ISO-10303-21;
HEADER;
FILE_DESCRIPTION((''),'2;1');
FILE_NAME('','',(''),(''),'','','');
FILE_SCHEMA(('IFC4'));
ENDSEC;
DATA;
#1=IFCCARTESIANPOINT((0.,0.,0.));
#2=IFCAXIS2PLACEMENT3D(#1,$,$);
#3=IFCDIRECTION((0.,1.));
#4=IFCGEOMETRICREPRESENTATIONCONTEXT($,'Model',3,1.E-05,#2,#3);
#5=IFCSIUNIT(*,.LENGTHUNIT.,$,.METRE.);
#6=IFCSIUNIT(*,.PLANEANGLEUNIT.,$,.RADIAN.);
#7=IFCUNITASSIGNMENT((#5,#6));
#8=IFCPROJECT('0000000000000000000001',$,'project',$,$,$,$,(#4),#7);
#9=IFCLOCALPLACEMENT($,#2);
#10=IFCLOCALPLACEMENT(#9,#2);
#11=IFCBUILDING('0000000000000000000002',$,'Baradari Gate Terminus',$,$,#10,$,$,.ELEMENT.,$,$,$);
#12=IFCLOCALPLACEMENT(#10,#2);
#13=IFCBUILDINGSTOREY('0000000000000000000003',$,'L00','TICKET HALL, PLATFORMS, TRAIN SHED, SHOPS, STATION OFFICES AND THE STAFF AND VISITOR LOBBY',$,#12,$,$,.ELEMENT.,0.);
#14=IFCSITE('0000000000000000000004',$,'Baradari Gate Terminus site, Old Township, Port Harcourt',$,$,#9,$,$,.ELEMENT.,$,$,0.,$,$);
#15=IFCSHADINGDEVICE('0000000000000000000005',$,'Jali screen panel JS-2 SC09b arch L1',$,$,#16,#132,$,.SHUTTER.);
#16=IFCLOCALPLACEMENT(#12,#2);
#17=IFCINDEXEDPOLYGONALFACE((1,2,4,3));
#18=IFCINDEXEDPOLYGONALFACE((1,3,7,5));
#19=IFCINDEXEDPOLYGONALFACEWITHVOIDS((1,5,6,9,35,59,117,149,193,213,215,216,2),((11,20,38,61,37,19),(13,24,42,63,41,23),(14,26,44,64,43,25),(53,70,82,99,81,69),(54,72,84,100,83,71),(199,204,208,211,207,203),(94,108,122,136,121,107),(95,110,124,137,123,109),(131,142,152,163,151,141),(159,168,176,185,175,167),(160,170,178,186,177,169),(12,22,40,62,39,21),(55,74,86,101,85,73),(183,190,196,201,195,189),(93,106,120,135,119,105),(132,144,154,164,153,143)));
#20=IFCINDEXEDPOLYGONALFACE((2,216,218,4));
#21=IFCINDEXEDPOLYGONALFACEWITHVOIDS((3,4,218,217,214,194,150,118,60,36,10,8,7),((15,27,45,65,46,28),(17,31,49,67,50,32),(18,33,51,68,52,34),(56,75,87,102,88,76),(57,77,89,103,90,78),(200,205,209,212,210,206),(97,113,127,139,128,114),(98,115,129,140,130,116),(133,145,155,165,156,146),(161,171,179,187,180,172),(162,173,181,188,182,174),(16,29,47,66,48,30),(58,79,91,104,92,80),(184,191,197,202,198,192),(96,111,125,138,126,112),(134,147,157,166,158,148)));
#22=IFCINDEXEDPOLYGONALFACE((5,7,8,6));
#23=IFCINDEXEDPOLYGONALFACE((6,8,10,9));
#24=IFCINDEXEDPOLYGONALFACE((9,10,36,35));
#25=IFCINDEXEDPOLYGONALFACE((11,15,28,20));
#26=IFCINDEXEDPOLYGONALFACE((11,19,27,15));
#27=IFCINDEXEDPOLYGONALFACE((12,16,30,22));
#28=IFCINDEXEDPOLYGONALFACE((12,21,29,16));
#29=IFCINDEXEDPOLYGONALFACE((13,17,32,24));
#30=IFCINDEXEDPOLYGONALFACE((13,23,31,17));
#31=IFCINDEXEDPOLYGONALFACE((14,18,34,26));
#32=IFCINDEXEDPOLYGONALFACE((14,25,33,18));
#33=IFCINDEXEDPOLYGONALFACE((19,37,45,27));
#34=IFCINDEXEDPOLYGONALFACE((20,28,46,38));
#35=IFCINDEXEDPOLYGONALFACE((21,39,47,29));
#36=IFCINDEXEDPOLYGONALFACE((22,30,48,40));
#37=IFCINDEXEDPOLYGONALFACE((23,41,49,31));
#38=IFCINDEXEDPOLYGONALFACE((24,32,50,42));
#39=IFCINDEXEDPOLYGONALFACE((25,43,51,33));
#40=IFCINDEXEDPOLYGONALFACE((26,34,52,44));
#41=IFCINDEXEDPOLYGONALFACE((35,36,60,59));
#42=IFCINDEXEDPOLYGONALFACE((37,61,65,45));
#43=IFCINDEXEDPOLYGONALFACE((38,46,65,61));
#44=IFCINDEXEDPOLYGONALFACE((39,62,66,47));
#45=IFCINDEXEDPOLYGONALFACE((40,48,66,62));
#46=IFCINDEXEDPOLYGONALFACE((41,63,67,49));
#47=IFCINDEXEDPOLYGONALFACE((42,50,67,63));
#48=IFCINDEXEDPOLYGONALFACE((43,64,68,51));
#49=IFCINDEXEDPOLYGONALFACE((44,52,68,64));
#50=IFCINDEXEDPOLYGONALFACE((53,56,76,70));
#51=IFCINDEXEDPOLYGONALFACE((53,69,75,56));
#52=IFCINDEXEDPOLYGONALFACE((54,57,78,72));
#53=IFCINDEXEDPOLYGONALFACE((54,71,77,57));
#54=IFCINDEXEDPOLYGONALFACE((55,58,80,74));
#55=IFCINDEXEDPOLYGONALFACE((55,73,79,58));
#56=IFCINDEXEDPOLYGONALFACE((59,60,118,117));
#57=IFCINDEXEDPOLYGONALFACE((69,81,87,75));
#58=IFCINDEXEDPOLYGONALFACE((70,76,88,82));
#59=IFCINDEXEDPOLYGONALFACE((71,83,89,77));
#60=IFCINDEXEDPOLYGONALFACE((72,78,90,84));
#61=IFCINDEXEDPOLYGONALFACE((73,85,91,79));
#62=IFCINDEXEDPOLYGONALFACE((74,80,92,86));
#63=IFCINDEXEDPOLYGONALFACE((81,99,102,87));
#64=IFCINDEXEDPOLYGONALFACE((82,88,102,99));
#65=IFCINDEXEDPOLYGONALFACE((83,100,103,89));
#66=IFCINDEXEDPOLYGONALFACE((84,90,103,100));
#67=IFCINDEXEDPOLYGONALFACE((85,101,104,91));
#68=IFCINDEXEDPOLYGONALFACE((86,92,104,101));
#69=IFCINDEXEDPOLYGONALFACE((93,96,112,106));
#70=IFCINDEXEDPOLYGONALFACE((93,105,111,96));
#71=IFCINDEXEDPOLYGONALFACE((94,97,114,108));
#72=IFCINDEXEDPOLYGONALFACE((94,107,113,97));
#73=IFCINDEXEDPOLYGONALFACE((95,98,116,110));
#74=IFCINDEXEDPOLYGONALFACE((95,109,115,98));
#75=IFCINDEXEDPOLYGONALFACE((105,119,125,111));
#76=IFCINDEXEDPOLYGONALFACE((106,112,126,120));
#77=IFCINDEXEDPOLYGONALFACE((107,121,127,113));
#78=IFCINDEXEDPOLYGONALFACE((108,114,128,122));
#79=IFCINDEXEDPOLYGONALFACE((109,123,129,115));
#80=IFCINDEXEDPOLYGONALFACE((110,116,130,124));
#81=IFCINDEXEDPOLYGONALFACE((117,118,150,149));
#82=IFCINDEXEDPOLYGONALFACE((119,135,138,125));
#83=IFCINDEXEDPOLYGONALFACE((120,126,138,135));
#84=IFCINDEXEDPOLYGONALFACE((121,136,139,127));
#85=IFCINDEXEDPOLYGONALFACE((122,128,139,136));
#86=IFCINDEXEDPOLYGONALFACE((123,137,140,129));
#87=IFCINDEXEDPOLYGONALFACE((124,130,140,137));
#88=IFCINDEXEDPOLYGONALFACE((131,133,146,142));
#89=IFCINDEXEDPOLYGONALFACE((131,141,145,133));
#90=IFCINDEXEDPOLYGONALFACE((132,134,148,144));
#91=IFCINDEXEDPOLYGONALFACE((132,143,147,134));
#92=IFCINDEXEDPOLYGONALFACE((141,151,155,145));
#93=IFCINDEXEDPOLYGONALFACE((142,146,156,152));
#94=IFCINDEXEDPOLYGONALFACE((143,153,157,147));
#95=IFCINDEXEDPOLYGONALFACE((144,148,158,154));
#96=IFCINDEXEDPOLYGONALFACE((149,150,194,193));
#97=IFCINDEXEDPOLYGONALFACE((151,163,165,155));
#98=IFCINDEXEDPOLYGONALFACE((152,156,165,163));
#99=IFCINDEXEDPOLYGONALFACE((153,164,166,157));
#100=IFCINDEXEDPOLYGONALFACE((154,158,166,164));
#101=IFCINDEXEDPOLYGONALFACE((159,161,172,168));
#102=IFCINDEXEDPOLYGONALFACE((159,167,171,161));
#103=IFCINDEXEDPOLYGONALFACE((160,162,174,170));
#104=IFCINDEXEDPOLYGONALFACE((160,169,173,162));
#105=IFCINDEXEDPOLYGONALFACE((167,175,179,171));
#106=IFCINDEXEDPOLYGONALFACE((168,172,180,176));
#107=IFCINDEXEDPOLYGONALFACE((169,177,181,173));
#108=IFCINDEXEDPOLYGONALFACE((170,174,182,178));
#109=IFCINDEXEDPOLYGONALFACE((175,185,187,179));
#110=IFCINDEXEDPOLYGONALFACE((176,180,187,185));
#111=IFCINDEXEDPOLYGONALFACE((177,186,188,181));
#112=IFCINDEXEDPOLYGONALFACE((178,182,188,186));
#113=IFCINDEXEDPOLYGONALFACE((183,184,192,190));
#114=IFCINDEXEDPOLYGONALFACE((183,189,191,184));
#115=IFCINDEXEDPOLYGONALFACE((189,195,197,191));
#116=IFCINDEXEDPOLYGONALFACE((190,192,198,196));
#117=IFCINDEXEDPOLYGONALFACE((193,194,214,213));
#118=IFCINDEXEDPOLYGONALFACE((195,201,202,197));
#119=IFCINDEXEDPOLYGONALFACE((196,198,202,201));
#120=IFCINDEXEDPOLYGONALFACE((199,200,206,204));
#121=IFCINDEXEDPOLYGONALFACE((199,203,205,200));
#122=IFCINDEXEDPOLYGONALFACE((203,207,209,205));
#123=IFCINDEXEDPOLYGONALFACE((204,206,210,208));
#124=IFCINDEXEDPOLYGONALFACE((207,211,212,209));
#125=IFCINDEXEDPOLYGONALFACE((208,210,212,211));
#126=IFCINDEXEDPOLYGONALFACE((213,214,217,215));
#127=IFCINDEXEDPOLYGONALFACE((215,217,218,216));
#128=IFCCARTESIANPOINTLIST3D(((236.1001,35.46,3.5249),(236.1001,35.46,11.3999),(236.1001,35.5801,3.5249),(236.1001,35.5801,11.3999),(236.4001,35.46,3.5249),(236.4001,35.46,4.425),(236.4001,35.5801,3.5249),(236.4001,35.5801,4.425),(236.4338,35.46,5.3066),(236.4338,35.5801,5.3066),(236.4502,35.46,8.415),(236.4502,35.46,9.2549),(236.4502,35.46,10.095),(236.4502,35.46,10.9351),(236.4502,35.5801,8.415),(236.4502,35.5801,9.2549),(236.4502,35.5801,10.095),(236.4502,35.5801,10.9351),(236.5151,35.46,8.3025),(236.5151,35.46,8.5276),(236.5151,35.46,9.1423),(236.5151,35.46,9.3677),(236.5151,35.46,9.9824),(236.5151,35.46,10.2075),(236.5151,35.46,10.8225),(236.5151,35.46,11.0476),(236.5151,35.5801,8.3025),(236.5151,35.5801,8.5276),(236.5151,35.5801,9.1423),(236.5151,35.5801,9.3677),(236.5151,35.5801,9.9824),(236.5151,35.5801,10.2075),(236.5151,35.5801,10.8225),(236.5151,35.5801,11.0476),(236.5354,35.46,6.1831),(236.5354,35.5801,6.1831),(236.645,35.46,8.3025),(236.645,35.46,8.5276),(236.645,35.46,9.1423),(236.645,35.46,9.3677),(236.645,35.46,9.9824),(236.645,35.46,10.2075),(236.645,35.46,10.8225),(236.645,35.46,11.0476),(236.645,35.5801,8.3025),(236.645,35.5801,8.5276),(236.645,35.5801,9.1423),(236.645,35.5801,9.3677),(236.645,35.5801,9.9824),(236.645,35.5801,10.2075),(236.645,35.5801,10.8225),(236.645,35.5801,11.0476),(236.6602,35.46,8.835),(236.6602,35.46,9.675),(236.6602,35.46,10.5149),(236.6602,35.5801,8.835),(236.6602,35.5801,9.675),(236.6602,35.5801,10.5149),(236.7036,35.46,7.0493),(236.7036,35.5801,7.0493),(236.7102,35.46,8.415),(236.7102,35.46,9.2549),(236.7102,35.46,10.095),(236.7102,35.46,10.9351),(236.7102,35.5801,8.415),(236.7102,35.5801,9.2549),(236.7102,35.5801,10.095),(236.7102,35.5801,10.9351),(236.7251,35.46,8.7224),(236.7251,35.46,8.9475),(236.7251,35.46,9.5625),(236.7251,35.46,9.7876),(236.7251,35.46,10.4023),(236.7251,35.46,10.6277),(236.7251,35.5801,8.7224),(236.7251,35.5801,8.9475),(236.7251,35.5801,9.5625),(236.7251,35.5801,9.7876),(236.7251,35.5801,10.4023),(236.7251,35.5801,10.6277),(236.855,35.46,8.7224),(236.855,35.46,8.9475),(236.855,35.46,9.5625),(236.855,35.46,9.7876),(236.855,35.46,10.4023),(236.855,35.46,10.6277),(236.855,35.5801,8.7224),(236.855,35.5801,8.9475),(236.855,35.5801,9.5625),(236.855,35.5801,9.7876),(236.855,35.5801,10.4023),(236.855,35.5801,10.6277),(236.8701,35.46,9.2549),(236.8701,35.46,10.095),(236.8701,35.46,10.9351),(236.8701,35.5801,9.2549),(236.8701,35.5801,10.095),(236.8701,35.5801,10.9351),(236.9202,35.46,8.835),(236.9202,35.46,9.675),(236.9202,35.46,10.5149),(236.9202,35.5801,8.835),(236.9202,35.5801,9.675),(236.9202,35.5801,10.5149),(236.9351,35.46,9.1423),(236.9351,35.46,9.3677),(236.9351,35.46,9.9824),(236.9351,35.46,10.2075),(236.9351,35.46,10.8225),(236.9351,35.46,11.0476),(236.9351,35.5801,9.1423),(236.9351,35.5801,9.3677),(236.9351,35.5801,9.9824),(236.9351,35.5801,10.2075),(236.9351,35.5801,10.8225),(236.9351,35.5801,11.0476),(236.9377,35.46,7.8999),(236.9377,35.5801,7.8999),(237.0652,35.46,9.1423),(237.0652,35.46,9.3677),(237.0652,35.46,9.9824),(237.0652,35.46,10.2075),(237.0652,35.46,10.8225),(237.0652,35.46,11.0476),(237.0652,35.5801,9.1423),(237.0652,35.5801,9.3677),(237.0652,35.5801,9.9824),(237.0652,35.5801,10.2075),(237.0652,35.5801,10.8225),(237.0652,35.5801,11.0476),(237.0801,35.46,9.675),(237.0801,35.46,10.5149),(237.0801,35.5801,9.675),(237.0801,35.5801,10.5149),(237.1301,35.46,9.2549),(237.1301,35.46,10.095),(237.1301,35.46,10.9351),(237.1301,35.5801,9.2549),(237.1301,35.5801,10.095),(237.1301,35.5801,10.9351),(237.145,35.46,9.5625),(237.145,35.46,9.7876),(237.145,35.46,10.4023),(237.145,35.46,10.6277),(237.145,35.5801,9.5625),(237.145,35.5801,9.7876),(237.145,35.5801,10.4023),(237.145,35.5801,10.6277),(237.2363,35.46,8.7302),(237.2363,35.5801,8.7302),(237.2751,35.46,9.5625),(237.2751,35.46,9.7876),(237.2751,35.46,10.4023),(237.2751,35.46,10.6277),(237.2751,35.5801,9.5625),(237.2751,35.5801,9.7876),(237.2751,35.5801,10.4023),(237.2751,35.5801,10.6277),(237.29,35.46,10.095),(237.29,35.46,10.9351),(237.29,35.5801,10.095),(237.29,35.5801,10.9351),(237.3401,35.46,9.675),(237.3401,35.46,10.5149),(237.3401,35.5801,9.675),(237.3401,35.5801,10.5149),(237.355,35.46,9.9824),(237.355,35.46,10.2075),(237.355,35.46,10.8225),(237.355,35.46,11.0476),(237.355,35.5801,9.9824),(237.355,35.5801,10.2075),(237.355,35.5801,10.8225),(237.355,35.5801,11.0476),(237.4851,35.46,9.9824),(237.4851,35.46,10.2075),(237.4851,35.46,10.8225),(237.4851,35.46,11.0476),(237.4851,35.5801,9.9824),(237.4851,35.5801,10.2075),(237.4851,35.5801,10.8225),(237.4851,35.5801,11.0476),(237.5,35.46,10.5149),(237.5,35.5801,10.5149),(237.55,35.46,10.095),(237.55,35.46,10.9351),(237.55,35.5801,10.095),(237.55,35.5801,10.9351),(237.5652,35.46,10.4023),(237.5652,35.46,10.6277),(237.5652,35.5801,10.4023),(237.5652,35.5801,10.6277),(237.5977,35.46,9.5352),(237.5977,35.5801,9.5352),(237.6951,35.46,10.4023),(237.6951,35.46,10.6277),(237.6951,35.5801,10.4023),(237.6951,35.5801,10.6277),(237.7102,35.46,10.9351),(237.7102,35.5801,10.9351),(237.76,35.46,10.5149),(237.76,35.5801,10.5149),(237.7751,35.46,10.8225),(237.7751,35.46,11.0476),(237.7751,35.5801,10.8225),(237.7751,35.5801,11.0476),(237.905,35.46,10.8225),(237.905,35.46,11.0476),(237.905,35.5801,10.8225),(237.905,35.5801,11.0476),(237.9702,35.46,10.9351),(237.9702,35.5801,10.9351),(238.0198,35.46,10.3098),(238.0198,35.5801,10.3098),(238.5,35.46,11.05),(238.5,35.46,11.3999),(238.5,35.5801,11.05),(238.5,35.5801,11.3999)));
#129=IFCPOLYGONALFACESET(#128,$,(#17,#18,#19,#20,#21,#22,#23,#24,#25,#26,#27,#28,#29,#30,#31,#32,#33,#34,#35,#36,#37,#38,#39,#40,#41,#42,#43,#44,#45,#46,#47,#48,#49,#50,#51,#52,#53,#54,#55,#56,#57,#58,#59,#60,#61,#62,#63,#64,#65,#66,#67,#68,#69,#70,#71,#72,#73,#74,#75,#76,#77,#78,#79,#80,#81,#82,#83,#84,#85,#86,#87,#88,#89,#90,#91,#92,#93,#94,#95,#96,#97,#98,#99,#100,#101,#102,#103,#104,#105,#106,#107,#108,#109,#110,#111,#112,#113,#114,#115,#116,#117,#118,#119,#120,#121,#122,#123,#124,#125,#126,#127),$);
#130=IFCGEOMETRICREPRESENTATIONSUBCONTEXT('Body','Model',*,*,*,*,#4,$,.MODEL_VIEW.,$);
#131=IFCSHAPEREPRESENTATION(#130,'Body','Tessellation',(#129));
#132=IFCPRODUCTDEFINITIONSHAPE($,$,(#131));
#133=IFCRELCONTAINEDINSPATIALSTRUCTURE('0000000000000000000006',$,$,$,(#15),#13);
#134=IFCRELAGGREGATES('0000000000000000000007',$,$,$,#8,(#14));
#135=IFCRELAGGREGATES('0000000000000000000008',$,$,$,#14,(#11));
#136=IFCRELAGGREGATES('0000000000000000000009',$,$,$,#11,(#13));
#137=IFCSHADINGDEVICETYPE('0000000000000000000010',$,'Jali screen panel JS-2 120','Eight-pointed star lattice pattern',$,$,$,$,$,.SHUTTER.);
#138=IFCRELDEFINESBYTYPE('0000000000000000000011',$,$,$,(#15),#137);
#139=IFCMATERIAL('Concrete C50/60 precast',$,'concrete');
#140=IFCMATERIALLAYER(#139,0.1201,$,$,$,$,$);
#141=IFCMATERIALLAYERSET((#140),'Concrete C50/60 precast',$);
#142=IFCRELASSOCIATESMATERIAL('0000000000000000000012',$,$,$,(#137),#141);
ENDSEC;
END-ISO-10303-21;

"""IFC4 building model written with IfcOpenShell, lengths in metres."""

from ifc_helpers import new_model, si_unit, direction, frame, origin, place, context, subcontext, project, spatial, polyline, outline, extrude, material, layer, layer_set, type_object, element, save


model = new_model("IFC4")

# Units and contexts
model_context = context("Model", 3, precision=1e-05, world=origin(), true_north=direction((0.0, 1.0)))
body_context = subcontext(model_context, "Body", "Model", "MODEL_VIEW")
ifc_project = project(units=[si_unit("LENGTHUNIT", "METRE"), si_unit("PLANEANGLEUNIT", "RADIAN")], contexts=[model_context])

# Site, building, storey
site_placement = place(None, origin())
site = spatial("IfcSite", under=ifc_project, at=site_placement, Name="Baradari Gate Terminus site, Old Township, Port Harcourt", CompositionType="ELEMENT", RefElevation=0.0)
building_placement = place(site_placement, origin())
building = spatial("IfcBuilding", under=site, at=building_placement, Name="Baradari Gate Terminus", CompositionType="ELEMENT")
storey_placement = place(building_placement, origin())
storey = spatial("IfcBuildingStorey", under=building, at=storey_placement, Name="L00", Description="TICKET HALL, PLATFORMS, TRAIN SHED, SHOPS, STATION OFFICES AND THE STAFF AND VISITOR LOBBY", CompositionType="ELEMENT", Elevation=0.0)

# Shading device
ifc_material_1 = material(Name="Concrete C50/60 precast", Category="concrete")
ifc_layer_1 = layer(ifc_material_1, 0.1201)
ifc_layer_set_1 = layer_set([ifc_layer_1], Name="Concrete C50/60 precast")
shading_device_type = type_object("IfcShadingDeviceType", Name="Jali screen panel JS-2 120", Description="Eight-pointed star lattice pattern", PredefinedType="SHUTTER", material=ifc_layer_set_1)
shading_device_1_placement = place(storey_placement, frame((236.1001, 35.52, 3.5249), z_axis=(0.0, 0.0, 1.0), x_axis=(1.0, 0.0, 0.0)))
element("IfcShadingDevice", 1, at=shading_device_1_placement, inside=storey, type_object=shading_device_type, Name="Jali screen panel JS-2 SC09b arch L1", PredefinedType="SHUTTER", context=body_context, shape_type="SweptSolid", body=[
    extrude(outline(polyline([(0.0, 0.0), (0.3, 0.0), (0.3, 0.9001), (0.3337, 1.7817), (0.4353, 2.6582), (0.6035, 3.5244), (0.8376, 4.375), (1.1362, 5.2053), (1.4976, 6.0103), (1.9197, 6.7849), (2.3999, 7.5251), (2.3999, 7.875), (0.0, 7.875), (0.0, 0.0)]), holes=[polyline([(0.6101, 4.8901), (0.5449, 4.7776), (0.415, 4.7776), (0.3501, 4.8901), (0.415, 5.0027), (0.5449, 5.0027), (0.6101, 4.8901)]), polyline([(0.8201, 5.3101), (0.7549, 5.1975), (0.625, 5.1975), (0.5601, 5.3101), (0.625, 5.4226), (0.7549, 5.4226), (0.8201, 5.3101)]), polyline([(0.6101, 5.73), (0.5449, 5.6174), (0.415, 5.6174), (0.3501, 5.73), (0.415, 5.8428), (0.5449, 5.8428), (0.6101, 5.73)]), polyline([(1.03, 5.73), (0.9651, 5.6174), (0.835, 5.6174), (0.77, 5.73), (0.835, 5.8428), (0.9651, 5.8428), (1.03, 5.73)]), polyline([(0.8201, 6.1501), (0.7549, 6.0376), (0.625, 6.0376), (0.5601, 6.1501), (0.625, 6.2627), (0.7549, 6.2627), (0.8201, 6.1501)]), polyline([(1.24, 6.1501), (1.175, 6.0376), (1.0449, 6.0376), (0.98, 6.1501), (1.0449, 6.2627), (1.175, 6.2627), (1.24, 6.1501)]), polyline([(0.6101, 6.5701), (0.5449, 6.4575), (0.415, 6.4575), (0.3501, 6.5701), (0.415, 6.6826), (0.5449, 6.6826), (0.6101, 6.5701)]), polyline([(1.03, 6.5701), (0.9651, 6.4575), (0.835, 6.4575), (0.77, 6.5701), (0.835, 6.6826), (0.9651, 6.6826), (1.03, 6.5701)]), polyline([(1.45, 6.5701), (1.385, 6.4575), (1.2549, 6.4575), (1.1899, 6.5701), (1.2549, 6.6826), (1.385, 6.6826), (1.45, 6.5701)]), polyline([(0.8201, 6.99), (0.7549, 6.8774), (0.625, 6.8774), (0.5601, 6.99), (0.625, 7.1028), (0.7549, 7.1028), (0.8201, 6.99)]), polyline([(1.24, 6.99), (1.175, 6.8774), (1.0449, 6.8774), (0.98, 6.99), (1.0449, 7.1028), (1.175, 7.1028), (1.24, 6.99)]), polyline([(1.6599, 6.99), (1.595, 6.8774), (1.4651, 6.8774), (1.3999, 6.99), (1.4651, 7.1028), (1.595, 7.1028), (1.6599, 6.99)]), polyline([(0.6101, 7.4102), (0.5449, 7.2976), (0.415, 7.2976), (0.3501, 7.4102), (0.415, 7.5227), (0.5449, 7.5227), (0.6101, 7.4102)]), polyline([(1.03, 7.4102), (0.9651, 7.2976), (0.835, 7.2976), (0.77, 7.4102), (0.835, 7.5227), (0.9651, 7.5227), (1.03, 7.4102)]), polyline([(1.45, 7.4102), (1.385, 7.2976), (1.2549, 7.2976), (1.1899, 7.4102), (1.2549, 7.5227), (1.385, 7.5227), (1.45, 7.4102)]), polyline([(1.8701, 7.4102), (1.8049, 7.2976), (1.675, 7.2976), (1.6101, 7.4102), (1.675, 7.5227), (1.8049, 7.5227), (1.8701, 7.4102)])]), frame((0.0, 0.0601, 0.0), z_axis=(0.0, -1.0, 0.0), x_axis=(1.0, 0.0, 0.0)), (0.0, 0.0, 1.0), 0.1201),
])

save(model, "model.ifc")
